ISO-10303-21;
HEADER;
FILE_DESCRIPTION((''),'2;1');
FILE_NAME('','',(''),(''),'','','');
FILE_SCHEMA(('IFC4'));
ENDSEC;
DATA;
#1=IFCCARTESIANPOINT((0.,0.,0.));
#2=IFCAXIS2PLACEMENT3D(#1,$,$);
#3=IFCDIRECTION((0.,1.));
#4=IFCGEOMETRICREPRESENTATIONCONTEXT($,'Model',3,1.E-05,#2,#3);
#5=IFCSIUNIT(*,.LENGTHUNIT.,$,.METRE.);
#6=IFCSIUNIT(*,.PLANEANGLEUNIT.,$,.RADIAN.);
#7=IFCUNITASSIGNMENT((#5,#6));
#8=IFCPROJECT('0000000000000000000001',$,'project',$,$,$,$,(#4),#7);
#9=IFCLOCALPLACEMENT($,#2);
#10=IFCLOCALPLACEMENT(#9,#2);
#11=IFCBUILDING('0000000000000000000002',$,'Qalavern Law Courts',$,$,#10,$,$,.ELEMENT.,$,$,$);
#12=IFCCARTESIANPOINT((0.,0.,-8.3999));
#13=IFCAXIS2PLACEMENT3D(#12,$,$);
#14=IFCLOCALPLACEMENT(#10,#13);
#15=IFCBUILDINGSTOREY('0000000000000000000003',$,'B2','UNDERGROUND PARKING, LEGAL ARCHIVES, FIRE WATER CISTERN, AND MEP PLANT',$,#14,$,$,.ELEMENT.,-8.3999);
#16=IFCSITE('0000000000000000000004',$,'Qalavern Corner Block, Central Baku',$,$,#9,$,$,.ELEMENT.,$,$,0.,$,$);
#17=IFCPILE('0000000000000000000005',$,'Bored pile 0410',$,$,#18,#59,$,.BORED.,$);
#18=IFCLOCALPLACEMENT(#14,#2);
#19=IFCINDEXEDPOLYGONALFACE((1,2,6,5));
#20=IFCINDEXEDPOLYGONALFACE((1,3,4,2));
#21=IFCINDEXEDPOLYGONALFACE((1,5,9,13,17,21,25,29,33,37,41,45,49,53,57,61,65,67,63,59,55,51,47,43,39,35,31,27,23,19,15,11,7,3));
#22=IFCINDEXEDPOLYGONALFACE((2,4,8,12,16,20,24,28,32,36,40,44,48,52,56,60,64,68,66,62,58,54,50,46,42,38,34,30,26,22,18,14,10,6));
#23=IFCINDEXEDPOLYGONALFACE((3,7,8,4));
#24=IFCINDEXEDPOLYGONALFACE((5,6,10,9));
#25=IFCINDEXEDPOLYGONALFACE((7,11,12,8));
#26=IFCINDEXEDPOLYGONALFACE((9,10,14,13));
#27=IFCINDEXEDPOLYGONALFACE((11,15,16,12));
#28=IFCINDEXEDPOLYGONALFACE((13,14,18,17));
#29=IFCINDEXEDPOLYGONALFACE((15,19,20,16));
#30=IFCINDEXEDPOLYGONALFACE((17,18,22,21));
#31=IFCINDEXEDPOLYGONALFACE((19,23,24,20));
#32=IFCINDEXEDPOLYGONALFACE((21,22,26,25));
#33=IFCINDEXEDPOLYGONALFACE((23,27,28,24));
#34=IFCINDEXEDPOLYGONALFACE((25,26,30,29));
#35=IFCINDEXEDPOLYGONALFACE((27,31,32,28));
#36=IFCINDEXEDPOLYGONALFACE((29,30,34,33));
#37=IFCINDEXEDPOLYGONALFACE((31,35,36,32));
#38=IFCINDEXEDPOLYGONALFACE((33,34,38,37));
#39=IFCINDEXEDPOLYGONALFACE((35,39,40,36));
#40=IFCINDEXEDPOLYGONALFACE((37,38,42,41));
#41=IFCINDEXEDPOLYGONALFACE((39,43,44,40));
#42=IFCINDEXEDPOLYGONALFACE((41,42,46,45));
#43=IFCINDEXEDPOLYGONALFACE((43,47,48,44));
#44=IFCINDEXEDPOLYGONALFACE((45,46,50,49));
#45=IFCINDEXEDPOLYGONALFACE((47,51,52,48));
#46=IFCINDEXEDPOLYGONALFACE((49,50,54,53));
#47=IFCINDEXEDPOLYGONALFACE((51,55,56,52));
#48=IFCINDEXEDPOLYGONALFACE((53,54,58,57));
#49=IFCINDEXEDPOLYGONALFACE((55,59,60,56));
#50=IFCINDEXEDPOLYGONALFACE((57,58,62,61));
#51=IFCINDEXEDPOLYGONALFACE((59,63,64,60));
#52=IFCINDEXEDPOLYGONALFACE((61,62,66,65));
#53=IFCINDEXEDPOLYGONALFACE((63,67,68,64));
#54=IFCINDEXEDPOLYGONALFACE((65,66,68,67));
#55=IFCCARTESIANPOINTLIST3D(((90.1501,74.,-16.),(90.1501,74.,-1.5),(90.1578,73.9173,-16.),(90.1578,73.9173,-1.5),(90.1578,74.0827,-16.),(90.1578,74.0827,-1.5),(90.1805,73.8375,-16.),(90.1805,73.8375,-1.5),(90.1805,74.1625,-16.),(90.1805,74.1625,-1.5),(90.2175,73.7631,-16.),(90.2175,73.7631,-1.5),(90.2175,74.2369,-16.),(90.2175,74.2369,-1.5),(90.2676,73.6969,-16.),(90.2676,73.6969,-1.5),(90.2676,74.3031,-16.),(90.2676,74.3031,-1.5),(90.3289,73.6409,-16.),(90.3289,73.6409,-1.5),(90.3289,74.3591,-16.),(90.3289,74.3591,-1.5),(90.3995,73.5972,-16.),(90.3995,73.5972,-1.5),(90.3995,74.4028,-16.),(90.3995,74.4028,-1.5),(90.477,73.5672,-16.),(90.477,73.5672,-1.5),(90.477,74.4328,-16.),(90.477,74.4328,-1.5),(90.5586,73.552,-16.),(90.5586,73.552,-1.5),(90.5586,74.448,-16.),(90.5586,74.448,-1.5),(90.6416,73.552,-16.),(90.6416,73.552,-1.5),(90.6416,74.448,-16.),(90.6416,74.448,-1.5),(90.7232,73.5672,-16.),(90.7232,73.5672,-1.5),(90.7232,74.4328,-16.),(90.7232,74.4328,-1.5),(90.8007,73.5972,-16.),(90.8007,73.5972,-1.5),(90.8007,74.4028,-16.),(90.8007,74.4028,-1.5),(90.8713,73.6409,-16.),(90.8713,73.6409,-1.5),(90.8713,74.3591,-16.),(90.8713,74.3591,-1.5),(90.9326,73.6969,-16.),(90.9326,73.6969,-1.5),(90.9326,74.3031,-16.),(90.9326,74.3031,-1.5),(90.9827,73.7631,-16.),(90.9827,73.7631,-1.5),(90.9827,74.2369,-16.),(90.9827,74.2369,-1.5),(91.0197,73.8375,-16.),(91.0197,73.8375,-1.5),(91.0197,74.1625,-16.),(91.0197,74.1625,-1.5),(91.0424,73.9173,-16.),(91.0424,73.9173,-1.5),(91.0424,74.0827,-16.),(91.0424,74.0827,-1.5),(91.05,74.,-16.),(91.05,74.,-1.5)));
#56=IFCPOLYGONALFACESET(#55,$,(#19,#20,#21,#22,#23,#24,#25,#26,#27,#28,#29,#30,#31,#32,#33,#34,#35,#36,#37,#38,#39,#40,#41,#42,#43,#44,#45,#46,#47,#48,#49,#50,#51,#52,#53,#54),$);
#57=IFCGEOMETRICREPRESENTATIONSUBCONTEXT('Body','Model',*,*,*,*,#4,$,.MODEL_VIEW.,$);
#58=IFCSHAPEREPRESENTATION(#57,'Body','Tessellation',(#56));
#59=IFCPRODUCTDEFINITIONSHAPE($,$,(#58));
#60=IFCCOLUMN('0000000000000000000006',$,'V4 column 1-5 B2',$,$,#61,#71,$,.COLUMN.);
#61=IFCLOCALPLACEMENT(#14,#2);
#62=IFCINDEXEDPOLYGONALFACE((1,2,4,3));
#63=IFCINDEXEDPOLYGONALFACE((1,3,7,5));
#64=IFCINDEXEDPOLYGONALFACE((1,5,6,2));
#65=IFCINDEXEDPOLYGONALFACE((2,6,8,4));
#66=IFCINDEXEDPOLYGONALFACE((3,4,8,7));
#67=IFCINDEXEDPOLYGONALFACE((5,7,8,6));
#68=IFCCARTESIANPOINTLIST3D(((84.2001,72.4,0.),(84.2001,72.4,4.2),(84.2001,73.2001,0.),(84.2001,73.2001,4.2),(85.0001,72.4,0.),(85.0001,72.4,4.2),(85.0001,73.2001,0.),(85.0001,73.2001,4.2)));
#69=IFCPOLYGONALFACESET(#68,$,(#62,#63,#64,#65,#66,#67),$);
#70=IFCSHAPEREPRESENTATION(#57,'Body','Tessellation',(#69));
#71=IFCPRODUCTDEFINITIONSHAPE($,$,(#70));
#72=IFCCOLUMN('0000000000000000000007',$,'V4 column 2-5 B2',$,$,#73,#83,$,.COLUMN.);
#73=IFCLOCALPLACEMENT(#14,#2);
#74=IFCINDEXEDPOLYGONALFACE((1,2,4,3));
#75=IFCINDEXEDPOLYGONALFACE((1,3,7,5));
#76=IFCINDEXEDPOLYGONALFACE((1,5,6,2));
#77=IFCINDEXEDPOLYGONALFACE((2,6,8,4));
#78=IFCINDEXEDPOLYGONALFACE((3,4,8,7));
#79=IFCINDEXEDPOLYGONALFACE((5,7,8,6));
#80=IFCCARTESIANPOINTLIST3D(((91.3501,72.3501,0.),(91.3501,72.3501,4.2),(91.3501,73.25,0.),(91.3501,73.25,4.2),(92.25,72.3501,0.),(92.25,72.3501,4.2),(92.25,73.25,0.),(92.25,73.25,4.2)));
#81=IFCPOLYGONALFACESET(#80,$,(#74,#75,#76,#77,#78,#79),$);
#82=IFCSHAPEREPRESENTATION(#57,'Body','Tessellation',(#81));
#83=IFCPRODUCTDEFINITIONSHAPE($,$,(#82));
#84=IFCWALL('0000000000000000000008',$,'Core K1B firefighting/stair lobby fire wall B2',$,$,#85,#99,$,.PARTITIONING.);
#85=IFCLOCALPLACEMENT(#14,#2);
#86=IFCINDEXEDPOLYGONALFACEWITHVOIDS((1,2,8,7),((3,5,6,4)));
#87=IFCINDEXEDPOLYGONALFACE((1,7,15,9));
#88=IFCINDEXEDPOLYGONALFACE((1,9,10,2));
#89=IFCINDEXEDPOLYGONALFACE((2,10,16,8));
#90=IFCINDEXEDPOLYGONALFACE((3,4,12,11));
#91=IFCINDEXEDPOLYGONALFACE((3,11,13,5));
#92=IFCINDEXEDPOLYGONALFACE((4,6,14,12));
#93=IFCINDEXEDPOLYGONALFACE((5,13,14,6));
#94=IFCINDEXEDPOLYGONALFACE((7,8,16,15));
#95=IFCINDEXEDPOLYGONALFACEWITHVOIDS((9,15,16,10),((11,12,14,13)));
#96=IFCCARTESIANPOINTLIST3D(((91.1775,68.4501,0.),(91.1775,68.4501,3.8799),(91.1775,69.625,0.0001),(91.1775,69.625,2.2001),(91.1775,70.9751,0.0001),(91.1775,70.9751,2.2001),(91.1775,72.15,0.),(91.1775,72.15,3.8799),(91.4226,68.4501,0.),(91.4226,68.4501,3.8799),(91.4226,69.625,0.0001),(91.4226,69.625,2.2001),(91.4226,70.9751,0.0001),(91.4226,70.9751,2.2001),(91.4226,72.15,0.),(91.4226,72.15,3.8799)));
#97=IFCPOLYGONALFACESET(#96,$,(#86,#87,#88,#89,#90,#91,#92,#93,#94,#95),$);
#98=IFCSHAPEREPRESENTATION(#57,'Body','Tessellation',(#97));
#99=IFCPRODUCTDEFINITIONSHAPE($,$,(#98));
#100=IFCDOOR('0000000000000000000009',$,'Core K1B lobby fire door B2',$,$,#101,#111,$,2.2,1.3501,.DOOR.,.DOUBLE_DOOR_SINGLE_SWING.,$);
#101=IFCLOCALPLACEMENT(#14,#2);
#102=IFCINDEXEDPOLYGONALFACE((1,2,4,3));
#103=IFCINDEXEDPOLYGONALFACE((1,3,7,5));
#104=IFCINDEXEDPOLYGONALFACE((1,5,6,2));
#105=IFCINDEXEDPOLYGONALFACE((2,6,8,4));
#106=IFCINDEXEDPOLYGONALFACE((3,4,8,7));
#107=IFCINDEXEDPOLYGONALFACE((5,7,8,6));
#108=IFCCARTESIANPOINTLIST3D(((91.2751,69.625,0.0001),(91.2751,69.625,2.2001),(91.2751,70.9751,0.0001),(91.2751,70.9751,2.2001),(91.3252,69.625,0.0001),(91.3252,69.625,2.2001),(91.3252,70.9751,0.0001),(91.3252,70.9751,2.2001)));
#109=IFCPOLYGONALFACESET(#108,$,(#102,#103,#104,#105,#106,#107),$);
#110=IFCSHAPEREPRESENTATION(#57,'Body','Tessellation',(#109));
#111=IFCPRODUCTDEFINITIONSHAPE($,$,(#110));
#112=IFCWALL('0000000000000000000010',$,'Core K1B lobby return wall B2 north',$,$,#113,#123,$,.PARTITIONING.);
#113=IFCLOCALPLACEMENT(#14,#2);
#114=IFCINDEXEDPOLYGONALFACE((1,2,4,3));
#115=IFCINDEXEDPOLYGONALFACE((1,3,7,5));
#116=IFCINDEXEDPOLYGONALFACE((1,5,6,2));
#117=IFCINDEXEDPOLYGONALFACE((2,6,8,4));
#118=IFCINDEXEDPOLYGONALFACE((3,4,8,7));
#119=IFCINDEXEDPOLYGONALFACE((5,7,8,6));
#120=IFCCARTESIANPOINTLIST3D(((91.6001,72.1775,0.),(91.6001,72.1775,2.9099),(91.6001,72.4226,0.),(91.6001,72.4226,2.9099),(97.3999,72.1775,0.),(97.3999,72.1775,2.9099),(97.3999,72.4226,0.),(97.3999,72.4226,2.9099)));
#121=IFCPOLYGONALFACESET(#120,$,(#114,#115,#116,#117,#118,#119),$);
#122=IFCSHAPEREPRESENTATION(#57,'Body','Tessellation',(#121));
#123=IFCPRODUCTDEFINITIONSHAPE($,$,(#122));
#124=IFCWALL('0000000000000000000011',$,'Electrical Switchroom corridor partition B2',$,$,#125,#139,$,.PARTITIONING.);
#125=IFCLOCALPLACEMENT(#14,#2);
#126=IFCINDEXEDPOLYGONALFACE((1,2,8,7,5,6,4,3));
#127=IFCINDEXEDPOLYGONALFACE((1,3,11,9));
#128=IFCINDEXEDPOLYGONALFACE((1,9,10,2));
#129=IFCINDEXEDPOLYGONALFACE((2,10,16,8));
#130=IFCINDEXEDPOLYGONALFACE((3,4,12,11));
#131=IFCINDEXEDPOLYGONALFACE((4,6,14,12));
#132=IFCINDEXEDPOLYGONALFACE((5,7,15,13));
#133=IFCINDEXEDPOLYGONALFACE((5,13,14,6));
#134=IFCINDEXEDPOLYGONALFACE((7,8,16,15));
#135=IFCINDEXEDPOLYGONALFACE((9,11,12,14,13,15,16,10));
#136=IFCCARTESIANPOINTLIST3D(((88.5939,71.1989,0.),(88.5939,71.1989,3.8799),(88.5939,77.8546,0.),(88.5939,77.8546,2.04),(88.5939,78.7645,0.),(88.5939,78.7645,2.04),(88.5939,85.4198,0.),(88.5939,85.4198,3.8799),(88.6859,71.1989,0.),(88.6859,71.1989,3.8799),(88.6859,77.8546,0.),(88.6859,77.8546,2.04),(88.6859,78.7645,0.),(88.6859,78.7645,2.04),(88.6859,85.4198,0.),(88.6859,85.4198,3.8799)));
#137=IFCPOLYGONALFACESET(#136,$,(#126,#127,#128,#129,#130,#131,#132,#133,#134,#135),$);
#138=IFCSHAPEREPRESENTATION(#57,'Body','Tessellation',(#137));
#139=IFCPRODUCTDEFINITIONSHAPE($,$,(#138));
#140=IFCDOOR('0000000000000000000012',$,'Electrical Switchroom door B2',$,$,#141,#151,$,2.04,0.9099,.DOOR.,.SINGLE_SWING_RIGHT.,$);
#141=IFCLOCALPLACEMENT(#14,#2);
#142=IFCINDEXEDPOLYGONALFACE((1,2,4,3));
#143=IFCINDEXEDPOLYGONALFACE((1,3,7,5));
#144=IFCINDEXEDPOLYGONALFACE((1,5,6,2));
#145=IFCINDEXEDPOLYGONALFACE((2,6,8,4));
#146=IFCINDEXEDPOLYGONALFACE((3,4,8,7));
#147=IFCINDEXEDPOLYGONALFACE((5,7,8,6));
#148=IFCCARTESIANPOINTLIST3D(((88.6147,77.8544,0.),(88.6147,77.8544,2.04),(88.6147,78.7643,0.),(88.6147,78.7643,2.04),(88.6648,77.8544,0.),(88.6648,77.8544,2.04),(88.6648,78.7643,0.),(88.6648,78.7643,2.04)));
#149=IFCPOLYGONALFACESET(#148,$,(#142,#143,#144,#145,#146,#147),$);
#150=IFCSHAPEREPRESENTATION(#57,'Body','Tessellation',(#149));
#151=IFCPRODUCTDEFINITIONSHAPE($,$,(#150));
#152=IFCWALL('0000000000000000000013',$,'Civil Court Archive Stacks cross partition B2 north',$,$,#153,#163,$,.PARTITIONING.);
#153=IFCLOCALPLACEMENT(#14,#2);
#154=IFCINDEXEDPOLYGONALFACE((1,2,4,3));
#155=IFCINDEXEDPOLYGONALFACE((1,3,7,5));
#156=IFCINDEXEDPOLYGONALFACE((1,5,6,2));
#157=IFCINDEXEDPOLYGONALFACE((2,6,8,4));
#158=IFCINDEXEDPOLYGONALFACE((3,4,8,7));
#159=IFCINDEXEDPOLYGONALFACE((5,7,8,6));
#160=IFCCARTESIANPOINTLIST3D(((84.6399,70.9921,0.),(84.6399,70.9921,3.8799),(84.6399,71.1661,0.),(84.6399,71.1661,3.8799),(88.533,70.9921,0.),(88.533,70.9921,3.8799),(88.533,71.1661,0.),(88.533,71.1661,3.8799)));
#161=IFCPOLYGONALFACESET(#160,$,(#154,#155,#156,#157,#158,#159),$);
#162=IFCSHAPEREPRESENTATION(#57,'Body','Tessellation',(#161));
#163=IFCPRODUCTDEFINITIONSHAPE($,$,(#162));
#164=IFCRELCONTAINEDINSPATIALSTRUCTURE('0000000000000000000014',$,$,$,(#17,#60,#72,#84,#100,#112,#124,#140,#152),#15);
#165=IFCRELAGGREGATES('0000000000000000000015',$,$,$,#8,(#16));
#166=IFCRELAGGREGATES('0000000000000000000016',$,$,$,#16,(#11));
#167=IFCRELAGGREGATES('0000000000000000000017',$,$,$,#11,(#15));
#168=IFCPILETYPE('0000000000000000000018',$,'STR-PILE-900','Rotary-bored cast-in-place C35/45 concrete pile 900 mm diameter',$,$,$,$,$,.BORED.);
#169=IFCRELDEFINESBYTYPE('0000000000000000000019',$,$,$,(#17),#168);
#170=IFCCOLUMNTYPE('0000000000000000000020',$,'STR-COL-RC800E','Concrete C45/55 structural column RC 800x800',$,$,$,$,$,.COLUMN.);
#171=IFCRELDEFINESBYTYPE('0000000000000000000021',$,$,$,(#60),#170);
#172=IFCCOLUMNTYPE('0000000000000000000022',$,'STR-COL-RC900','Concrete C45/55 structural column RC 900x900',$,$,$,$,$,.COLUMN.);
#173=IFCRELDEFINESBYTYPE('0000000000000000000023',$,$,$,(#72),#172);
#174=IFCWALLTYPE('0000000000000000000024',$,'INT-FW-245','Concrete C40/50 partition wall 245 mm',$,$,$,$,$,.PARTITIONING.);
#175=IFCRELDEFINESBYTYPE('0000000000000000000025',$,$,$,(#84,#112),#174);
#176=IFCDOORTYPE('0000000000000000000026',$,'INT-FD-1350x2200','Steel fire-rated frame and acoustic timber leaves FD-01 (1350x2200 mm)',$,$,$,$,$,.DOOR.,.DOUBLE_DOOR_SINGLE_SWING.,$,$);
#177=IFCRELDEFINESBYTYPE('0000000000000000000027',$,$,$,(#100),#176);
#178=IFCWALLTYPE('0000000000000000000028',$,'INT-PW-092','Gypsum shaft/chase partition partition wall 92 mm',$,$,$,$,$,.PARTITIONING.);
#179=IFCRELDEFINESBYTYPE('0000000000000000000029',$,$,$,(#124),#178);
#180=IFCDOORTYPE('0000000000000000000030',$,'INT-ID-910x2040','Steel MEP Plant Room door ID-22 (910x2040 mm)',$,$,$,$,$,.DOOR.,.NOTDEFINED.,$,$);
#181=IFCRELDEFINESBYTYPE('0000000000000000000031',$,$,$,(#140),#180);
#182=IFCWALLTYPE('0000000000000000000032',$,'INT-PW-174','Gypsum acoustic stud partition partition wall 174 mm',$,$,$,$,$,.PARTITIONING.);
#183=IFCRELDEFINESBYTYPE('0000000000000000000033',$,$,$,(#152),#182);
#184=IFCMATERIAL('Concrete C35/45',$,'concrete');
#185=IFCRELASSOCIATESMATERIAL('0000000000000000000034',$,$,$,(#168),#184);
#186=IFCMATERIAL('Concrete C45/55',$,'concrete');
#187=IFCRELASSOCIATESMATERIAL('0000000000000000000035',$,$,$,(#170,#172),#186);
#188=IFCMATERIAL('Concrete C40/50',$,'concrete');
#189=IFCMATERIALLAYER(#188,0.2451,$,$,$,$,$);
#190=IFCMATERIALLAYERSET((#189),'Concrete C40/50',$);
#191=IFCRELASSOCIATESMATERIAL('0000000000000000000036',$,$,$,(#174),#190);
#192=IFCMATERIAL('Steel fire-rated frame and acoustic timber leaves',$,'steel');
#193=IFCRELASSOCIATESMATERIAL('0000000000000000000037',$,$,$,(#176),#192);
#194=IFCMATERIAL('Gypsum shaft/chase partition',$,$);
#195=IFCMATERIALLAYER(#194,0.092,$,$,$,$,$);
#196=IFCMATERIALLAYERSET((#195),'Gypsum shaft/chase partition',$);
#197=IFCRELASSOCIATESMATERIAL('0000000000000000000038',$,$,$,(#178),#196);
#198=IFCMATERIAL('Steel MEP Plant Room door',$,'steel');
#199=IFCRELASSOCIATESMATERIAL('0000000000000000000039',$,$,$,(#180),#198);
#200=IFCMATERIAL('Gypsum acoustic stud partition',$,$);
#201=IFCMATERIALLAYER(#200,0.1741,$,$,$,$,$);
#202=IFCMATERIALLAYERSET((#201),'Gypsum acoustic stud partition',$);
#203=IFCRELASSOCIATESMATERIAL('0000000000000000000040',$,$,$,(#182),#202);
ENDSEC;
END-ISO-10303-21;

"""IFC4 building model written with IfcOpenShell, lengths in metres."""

from ifc_helpers import new_model, si_unit, direction, frame, frame_2d, origin, origin_2d, place, context, subcontext, project, spatial, rectangle, circle, extrude, material, layer, layer_set, material_profile, profile_set, type_object, element, fill, save


model = new_model("IFC4")

# Units and contexts
model_context = context("Model", 3, precision=1e-05, world=origin(), true_north=direction((0.0, 1.0)))
body_context = subcontext(model_context, "Body", "Model", "MODEL_VIEW")
ifc_project = project(units=[si_unit("LENGTHUNIT", "METRE"), si_unit("PLANEANGLEUNIT", "RADIAN")], contexts=[model_context])

# Site, building, storey
site_placement = place(None, origin())
site = spatial("IfcSite", under=ifc_project, at=site_placement, Name="Qalavern Corner Block, Central Baku", CompositionType="ELEMENT", RefElevation=0.0)
building_placement = place(site_placement, origin())
building = spatial("IfcBuilding", under=site, at=building_placement, Name="Qalavern Law Courts", CompositionType="ELEMENT")
storey_placement = place(building_placement, frame((0.0, 0.0, -8.3999)))
storey = spatial("IfcBuildingStorey", under=building, at=storey_placement, Name="B2", Description="UNDERGROUND PARKING, LEGAL ARCHIVES, FIRE WATER CISTERN, AND MEP PLANT", CompositionType="ELEMENT", Elevation=-8.3999)

# Shared definitions
ifc_material_1 = material(Name="Concrete C35/45", Category="concrete")

# Pile
ifc_material_profile_1 = material_profile(ifc_material_1, circle(Radius=0.45, at=origin_2d()), Name="BORED PILE 900")
ifc_profile_set_1 = profile_set([ifc_material_profile_1], Name="Concrete C35/45")
pile_type_1 = type_object("IfcPileType", Name="STR-PILE-900", Description="Rotary-bored cast-in-place C35/45 concrete pile 900 mm diameter", PredefinedType="BORED", material=ifc_profile_set_1)
for number, where, z_axis, x_axis, name in (
    (1, (90.6001, 74.0, -1.5), (0.0, 0.0, -1.0), (1.0, 0.0, 0.0), "Bored pile 0410"),
):
    element("IfcPile", number, at=place(storey_placement, frame(where, z_axis=z_axis, x_axis=x_axis)), inside=storey, type_object=pile_type_1, Name=name, PredefinedType="BORED", context=body_context, shape_type="SweptSolid", body=[
        extrude(circle(Radius=0.45, at=origin_2d()), origin(), (0.0, 0.0, 1.0), 14.5),
    ])

# Columns
ifc_material_2 = material(Name="Concrete C45/55", Category="concrete")
ifc_material_profile_2 = material_profile(ifc_material_2, rectangle(XDim=0.8, YDim=0.8, at=origin_2d()), Name="RC 800x800")
ifc_profile_set_2 = profile_set([ifc_material_profile_2], Name="Concrete C45/55")
column_type_1 = type_object("IfcColumnType", Name="STR-COL-RC800E", Description="Concrete C45/55 structural column RC 800x800", PredefinedType="COLUMN", material=ifc_profile_set_2)
column_1_placement = place(storey_placement, frame((84.6001, 72.8, 0.0), z_axis=(0.0, 0.0, 1.0), x_axis=(1.0, 0.0, 0.0)))
element("IfcColumn", 2, at=column_1_placement, inside=storey, type_object=column_type_1, Name="V4 column 1-5 B2", PredefinedType="COLUMN", context=body_context, shape_type="SweptSolid", body=[
    extrude(rectangle(XDim=0.8, YDim=0.8, at=origin_2d()), origin(), (0.0, 0.0, 1.0), 4.2),
])
ifc_material_profile_3 = material_profile(ifc_material_2, rectangle(XDim=0.8999, YDim=0.8999, at=origin_2d()), Name="RC 900x900")
ifc_profile_set_3 = profile_set([ifc_material_profile_3], Name="Concrete C45/55")
column_type_2 = type_object("IfcColumnType", Name="STR-COL-RC900", Description="Concrete C45/55 structural column RC 900x900", PredefinedType="COLUMN", material=ifc_profile_set_3)
column_2_placement = place(storey_placement, frame((91.8, 72.8, 0.0), z_axis=(0.0, 0.0, 1.0), x_axis=(1.0, 0.0, 0.0)))
element("IfcColumn", 3, at=column_2_placement, inside=storey, type_object=column_type_2, Name="V4 column 2-5 B2", PredefinedType="COLUMN", context=body_context, shape_type="SweptSolid", body=[
    extrude(rectangle(XDim=0.8999, YDim=0.8999, at=origin_2d()), origin(), (0.0, 0.0, 1.0), 4.2),
])

# Wall, opening, door
ifc_material_3 = material(Name="Concrete C40/50", Category="concrete")
ifc_layer_1 = layer(ifc_material_3, 0.2451)
ifc_layer_set_1 = layer_set([ifc_layer_1], Name="Concrete C40/50")
wall_type_1 = type_object("IfcWallType", Name="INT-FW-245", Description="Concrete C40/50 partition wall 245 mm", PredefinedType="PARTITIONING", material=ifc_layer_set_1)
wall_1_placement = place(storey_placement, frame((91.3, 68.45, 0.0), z_axis=(0.0, 0.0, 1.0), x_axis=(0.0, 1.0, 0.0)))
wall_1 = element("IfcWall", 4, at=wall_1_placement, inside=storey, type_object=wall_type_1, Name="Core K1B firefighting/stair lobby fire wall B2", PredefinedType="PARTITIONING", context=body_context, shape_type="SweptSolid", body=[
    extrude(rectangle(XDim=3.7, YDim=0.2451, at=frame_2d((1.8501, 0.0))), origin(), (0.0, 0.0, 1.0), 3.8799),
])
opening_1_placement = place(wall_1_placement, frame((1.175, 0.0, 0.0)))
opening_1 = element("IfcOpeningElement", 5, at=opening_1_placement, cuts=wall_1, PredefinedType="OPENING", context=body_context, shape_type="SweptSolid", body=[
    extrude(rectangle(XDim=1.3501, YDim=2.2, at=frame_2d((0.675, 1.1001))), frame((0.0, 0.1375, 0.0), z_axis=(0.0, -1.0, 0.0), x_axis=(1.0, 0.0, 0.0)), (0.0, 0.0, 1.0), 0.2749),
])
ifc_material_4 = material(Name="Steel fire-rated frame and acoustic timber leaves", Category="steel")
door_type_1 = type_object("IfcDoorType", Name="INT-FD-1350x2200", Description="Steel fire-rated frame and acoustic timber leaves FD-01 (1350x2200 mm)", OperationType="DOUBLE_DOOR_SINGLE_SWING", PredefinedType="DOOR", material=ifc_material_4)
door_1_placement = place(opening_1_placement, origin())
door_1 = element("IfcDoor", 6, at=door_1_placement, inside=storey, type_object=door_type_1, Name="Core K1B lobby fire door B2", OperationType="DOUBLE_DOOR_SINGLE_SWING", OverallHeight=2.2, OverallWidth=1.3501, PredefinedType="DOOR", context=body_context, shape_type="SweptSolid", body=[
    extrude(rectangle(XDim=1.3501, YDim=2.2, at=frame_2d((0.675, 1.1001))), frame((0.0, 0.0249, 0.0), z_axis=(0.0, -1.0, 0.0), x_axis=(1.0, 0.0, 0.0)), (0.0, 0.0, 1.0), 0.05),
])
fill(opening_1, door_1)

# Wall
wall_2_placement = place(storey_placement, frame((91.6001, 72.3, 0.0), z_axis=(0.0, 0.0, 1.0), x_axis=(1.0, 0.0, 0.0)))
element("IfcWall", 7, at=wall_2_placement, inside=storey, type_object=wall_type_1, Name="Core K1B lobby return wall B2 north", PredefinedType="PARTITIONING", context=body_context, shape_type="SweptSolid", body=[
    extrude(rectangle(XDim=5.7998, YDim=0.2451, at=frame_2d((2.8999, 0.0))), origin(), (0.0, 0.0, 1.0), 2.9099),
])

# Wall, opening, door
ifc_material_5 = material(Name="Gypsum shaft/chase partition")
ifc_layer_2 = layer(ifc_material_5, 0.092)
ifc_layer_set_2 = layer_set([ifc_layer_2], Name="Gypsum shaft/chase partition")
wall_type_2 = type_object("IfcWallType", Name="INT-PW-092", Description="Gypsum shaft/chase partition partition wall 92 mm", PredefinedType="PARTITIONING", material=ifc_layer_set_2)
wall_3_placement = place(storey_placement, frame((88.6399, 71.199, 0.0), z_axis=(0.0, 0.0, 1.0), x_axis=(0.0, 1.0, 0.0)))
wall_3 = element("IfcWall", 8, at=wall_3_placement, inside=storey, type_object=wall_type_2, Name="Electrical Switchroom corridor partition B2", PredefinedType="PARTITIONING", context=body_context, shape_type="SweptSolid", body=[
    extrude(rectangle(XDim=14.2209, YDim=0.092, at=frame_2d((7.1104, 0.0))), origin(), (0.0, 0.0, 1.0), 3.8799),
])
opening_2_placement = place(wall_3_placement, frame((6.6555, 0.0, 0.0)))
opening_2 = element("IfcOpeningElement", 9, at=opening_2_placement, cuts=wall_3, PredefinedType="OPENING", context=body_context, shape_type="SweptSolid", body=[
    extrude(rectangle(XDim=0.9099, YDim=2.04, at=frame_2d((0.4551, 1.02))), frame((0.0, 0.061, 0.0), z_axis=(0.0, -1.0, 0.0), x_axis=(1.0, 0.0, 0.0)), (0.0, 0.0, 1.0), 0.1218),
])
ifc_material_6 = material(Name="Steel MEP Plant Room door", Category="steel")
door_type_2 = type_object("IfcDoorType", Name="INT-ID-910x2040", Description="Steel MEP Plant Room door ID-22 (910x2040 mm)", OperationType="NOTDEFINED", PredefinedType="DOOR", material=ifc_material_6)
door_2_placement = place(opening_2_placement, frame((0.9099, 0.0, 0.0), z_axis=(0.0, 0.0, 1.0), x_axis=(-1.0, 0.0, 0.0)))
door_2 = element("IfcDoor", 10, at=door_2_placement, inside=storey, type_object=door_type_2, Name="Electrical Switchroom door B2", OperationType="SINGLE_SWING_RIGHT", OverallHeight=2.04, OverallWidth=0.9099, PredefinedType="DOOR", context=body_context, shape_type="SweptSolid", body=[
    extrude(rectangle(XDim=0.9099, YDim=2.04, at=frame_2d((0.4551, 1.02))), frame((0.0, 0.0249, 0.0), z_axis=(0.0, -1.0, 0.0), x_axis=(1.0, 0.0, 0.0)), (0.0, 0.0, 1.0), 0.05),
])
fill(opening_2, door_2)

# Wall
ifc_material_7 = material(Name="Gypsum acoustic stud partition")
ifc_layer_3 = layer(ifc_material_7, 0.1741)
ifc_layer_set_3 = layer_set([ifc_layer_3], Name="Gypsum acoustic stud partition")
wall_type_3 = type_object("IfcWallType", Name="INT-PW-174", Description="Gypsum acoustic stud partition partition wall 174 mm", PredefinedType="PARTITIONING", material=ifc_layer_set_3)
wall_4_placement = place(storey_placement, frame((84.6399, 71.0791, 0.0), z_axis=(0.0, 0.0, 1.0), x_axis=(1.0, 0.0, 0.0)))
element("IfcWall", 11, at=wall_4_placement, inside=storey, type_object=wall_type_3, Name="Civil Court Archive Stacks cross partition B2 north", PredefinedType="PARTITIONING", context=body_context, shape_type="SweptSolid", body=[
    extrude(rectangle(XDim=3.8931, YDim=0.1741, at=frame_2d((1.9465, 0.0))), origin(), (0.0, 0.0, 1.0), 3.8799),
])

save(model, "model.ifc")
